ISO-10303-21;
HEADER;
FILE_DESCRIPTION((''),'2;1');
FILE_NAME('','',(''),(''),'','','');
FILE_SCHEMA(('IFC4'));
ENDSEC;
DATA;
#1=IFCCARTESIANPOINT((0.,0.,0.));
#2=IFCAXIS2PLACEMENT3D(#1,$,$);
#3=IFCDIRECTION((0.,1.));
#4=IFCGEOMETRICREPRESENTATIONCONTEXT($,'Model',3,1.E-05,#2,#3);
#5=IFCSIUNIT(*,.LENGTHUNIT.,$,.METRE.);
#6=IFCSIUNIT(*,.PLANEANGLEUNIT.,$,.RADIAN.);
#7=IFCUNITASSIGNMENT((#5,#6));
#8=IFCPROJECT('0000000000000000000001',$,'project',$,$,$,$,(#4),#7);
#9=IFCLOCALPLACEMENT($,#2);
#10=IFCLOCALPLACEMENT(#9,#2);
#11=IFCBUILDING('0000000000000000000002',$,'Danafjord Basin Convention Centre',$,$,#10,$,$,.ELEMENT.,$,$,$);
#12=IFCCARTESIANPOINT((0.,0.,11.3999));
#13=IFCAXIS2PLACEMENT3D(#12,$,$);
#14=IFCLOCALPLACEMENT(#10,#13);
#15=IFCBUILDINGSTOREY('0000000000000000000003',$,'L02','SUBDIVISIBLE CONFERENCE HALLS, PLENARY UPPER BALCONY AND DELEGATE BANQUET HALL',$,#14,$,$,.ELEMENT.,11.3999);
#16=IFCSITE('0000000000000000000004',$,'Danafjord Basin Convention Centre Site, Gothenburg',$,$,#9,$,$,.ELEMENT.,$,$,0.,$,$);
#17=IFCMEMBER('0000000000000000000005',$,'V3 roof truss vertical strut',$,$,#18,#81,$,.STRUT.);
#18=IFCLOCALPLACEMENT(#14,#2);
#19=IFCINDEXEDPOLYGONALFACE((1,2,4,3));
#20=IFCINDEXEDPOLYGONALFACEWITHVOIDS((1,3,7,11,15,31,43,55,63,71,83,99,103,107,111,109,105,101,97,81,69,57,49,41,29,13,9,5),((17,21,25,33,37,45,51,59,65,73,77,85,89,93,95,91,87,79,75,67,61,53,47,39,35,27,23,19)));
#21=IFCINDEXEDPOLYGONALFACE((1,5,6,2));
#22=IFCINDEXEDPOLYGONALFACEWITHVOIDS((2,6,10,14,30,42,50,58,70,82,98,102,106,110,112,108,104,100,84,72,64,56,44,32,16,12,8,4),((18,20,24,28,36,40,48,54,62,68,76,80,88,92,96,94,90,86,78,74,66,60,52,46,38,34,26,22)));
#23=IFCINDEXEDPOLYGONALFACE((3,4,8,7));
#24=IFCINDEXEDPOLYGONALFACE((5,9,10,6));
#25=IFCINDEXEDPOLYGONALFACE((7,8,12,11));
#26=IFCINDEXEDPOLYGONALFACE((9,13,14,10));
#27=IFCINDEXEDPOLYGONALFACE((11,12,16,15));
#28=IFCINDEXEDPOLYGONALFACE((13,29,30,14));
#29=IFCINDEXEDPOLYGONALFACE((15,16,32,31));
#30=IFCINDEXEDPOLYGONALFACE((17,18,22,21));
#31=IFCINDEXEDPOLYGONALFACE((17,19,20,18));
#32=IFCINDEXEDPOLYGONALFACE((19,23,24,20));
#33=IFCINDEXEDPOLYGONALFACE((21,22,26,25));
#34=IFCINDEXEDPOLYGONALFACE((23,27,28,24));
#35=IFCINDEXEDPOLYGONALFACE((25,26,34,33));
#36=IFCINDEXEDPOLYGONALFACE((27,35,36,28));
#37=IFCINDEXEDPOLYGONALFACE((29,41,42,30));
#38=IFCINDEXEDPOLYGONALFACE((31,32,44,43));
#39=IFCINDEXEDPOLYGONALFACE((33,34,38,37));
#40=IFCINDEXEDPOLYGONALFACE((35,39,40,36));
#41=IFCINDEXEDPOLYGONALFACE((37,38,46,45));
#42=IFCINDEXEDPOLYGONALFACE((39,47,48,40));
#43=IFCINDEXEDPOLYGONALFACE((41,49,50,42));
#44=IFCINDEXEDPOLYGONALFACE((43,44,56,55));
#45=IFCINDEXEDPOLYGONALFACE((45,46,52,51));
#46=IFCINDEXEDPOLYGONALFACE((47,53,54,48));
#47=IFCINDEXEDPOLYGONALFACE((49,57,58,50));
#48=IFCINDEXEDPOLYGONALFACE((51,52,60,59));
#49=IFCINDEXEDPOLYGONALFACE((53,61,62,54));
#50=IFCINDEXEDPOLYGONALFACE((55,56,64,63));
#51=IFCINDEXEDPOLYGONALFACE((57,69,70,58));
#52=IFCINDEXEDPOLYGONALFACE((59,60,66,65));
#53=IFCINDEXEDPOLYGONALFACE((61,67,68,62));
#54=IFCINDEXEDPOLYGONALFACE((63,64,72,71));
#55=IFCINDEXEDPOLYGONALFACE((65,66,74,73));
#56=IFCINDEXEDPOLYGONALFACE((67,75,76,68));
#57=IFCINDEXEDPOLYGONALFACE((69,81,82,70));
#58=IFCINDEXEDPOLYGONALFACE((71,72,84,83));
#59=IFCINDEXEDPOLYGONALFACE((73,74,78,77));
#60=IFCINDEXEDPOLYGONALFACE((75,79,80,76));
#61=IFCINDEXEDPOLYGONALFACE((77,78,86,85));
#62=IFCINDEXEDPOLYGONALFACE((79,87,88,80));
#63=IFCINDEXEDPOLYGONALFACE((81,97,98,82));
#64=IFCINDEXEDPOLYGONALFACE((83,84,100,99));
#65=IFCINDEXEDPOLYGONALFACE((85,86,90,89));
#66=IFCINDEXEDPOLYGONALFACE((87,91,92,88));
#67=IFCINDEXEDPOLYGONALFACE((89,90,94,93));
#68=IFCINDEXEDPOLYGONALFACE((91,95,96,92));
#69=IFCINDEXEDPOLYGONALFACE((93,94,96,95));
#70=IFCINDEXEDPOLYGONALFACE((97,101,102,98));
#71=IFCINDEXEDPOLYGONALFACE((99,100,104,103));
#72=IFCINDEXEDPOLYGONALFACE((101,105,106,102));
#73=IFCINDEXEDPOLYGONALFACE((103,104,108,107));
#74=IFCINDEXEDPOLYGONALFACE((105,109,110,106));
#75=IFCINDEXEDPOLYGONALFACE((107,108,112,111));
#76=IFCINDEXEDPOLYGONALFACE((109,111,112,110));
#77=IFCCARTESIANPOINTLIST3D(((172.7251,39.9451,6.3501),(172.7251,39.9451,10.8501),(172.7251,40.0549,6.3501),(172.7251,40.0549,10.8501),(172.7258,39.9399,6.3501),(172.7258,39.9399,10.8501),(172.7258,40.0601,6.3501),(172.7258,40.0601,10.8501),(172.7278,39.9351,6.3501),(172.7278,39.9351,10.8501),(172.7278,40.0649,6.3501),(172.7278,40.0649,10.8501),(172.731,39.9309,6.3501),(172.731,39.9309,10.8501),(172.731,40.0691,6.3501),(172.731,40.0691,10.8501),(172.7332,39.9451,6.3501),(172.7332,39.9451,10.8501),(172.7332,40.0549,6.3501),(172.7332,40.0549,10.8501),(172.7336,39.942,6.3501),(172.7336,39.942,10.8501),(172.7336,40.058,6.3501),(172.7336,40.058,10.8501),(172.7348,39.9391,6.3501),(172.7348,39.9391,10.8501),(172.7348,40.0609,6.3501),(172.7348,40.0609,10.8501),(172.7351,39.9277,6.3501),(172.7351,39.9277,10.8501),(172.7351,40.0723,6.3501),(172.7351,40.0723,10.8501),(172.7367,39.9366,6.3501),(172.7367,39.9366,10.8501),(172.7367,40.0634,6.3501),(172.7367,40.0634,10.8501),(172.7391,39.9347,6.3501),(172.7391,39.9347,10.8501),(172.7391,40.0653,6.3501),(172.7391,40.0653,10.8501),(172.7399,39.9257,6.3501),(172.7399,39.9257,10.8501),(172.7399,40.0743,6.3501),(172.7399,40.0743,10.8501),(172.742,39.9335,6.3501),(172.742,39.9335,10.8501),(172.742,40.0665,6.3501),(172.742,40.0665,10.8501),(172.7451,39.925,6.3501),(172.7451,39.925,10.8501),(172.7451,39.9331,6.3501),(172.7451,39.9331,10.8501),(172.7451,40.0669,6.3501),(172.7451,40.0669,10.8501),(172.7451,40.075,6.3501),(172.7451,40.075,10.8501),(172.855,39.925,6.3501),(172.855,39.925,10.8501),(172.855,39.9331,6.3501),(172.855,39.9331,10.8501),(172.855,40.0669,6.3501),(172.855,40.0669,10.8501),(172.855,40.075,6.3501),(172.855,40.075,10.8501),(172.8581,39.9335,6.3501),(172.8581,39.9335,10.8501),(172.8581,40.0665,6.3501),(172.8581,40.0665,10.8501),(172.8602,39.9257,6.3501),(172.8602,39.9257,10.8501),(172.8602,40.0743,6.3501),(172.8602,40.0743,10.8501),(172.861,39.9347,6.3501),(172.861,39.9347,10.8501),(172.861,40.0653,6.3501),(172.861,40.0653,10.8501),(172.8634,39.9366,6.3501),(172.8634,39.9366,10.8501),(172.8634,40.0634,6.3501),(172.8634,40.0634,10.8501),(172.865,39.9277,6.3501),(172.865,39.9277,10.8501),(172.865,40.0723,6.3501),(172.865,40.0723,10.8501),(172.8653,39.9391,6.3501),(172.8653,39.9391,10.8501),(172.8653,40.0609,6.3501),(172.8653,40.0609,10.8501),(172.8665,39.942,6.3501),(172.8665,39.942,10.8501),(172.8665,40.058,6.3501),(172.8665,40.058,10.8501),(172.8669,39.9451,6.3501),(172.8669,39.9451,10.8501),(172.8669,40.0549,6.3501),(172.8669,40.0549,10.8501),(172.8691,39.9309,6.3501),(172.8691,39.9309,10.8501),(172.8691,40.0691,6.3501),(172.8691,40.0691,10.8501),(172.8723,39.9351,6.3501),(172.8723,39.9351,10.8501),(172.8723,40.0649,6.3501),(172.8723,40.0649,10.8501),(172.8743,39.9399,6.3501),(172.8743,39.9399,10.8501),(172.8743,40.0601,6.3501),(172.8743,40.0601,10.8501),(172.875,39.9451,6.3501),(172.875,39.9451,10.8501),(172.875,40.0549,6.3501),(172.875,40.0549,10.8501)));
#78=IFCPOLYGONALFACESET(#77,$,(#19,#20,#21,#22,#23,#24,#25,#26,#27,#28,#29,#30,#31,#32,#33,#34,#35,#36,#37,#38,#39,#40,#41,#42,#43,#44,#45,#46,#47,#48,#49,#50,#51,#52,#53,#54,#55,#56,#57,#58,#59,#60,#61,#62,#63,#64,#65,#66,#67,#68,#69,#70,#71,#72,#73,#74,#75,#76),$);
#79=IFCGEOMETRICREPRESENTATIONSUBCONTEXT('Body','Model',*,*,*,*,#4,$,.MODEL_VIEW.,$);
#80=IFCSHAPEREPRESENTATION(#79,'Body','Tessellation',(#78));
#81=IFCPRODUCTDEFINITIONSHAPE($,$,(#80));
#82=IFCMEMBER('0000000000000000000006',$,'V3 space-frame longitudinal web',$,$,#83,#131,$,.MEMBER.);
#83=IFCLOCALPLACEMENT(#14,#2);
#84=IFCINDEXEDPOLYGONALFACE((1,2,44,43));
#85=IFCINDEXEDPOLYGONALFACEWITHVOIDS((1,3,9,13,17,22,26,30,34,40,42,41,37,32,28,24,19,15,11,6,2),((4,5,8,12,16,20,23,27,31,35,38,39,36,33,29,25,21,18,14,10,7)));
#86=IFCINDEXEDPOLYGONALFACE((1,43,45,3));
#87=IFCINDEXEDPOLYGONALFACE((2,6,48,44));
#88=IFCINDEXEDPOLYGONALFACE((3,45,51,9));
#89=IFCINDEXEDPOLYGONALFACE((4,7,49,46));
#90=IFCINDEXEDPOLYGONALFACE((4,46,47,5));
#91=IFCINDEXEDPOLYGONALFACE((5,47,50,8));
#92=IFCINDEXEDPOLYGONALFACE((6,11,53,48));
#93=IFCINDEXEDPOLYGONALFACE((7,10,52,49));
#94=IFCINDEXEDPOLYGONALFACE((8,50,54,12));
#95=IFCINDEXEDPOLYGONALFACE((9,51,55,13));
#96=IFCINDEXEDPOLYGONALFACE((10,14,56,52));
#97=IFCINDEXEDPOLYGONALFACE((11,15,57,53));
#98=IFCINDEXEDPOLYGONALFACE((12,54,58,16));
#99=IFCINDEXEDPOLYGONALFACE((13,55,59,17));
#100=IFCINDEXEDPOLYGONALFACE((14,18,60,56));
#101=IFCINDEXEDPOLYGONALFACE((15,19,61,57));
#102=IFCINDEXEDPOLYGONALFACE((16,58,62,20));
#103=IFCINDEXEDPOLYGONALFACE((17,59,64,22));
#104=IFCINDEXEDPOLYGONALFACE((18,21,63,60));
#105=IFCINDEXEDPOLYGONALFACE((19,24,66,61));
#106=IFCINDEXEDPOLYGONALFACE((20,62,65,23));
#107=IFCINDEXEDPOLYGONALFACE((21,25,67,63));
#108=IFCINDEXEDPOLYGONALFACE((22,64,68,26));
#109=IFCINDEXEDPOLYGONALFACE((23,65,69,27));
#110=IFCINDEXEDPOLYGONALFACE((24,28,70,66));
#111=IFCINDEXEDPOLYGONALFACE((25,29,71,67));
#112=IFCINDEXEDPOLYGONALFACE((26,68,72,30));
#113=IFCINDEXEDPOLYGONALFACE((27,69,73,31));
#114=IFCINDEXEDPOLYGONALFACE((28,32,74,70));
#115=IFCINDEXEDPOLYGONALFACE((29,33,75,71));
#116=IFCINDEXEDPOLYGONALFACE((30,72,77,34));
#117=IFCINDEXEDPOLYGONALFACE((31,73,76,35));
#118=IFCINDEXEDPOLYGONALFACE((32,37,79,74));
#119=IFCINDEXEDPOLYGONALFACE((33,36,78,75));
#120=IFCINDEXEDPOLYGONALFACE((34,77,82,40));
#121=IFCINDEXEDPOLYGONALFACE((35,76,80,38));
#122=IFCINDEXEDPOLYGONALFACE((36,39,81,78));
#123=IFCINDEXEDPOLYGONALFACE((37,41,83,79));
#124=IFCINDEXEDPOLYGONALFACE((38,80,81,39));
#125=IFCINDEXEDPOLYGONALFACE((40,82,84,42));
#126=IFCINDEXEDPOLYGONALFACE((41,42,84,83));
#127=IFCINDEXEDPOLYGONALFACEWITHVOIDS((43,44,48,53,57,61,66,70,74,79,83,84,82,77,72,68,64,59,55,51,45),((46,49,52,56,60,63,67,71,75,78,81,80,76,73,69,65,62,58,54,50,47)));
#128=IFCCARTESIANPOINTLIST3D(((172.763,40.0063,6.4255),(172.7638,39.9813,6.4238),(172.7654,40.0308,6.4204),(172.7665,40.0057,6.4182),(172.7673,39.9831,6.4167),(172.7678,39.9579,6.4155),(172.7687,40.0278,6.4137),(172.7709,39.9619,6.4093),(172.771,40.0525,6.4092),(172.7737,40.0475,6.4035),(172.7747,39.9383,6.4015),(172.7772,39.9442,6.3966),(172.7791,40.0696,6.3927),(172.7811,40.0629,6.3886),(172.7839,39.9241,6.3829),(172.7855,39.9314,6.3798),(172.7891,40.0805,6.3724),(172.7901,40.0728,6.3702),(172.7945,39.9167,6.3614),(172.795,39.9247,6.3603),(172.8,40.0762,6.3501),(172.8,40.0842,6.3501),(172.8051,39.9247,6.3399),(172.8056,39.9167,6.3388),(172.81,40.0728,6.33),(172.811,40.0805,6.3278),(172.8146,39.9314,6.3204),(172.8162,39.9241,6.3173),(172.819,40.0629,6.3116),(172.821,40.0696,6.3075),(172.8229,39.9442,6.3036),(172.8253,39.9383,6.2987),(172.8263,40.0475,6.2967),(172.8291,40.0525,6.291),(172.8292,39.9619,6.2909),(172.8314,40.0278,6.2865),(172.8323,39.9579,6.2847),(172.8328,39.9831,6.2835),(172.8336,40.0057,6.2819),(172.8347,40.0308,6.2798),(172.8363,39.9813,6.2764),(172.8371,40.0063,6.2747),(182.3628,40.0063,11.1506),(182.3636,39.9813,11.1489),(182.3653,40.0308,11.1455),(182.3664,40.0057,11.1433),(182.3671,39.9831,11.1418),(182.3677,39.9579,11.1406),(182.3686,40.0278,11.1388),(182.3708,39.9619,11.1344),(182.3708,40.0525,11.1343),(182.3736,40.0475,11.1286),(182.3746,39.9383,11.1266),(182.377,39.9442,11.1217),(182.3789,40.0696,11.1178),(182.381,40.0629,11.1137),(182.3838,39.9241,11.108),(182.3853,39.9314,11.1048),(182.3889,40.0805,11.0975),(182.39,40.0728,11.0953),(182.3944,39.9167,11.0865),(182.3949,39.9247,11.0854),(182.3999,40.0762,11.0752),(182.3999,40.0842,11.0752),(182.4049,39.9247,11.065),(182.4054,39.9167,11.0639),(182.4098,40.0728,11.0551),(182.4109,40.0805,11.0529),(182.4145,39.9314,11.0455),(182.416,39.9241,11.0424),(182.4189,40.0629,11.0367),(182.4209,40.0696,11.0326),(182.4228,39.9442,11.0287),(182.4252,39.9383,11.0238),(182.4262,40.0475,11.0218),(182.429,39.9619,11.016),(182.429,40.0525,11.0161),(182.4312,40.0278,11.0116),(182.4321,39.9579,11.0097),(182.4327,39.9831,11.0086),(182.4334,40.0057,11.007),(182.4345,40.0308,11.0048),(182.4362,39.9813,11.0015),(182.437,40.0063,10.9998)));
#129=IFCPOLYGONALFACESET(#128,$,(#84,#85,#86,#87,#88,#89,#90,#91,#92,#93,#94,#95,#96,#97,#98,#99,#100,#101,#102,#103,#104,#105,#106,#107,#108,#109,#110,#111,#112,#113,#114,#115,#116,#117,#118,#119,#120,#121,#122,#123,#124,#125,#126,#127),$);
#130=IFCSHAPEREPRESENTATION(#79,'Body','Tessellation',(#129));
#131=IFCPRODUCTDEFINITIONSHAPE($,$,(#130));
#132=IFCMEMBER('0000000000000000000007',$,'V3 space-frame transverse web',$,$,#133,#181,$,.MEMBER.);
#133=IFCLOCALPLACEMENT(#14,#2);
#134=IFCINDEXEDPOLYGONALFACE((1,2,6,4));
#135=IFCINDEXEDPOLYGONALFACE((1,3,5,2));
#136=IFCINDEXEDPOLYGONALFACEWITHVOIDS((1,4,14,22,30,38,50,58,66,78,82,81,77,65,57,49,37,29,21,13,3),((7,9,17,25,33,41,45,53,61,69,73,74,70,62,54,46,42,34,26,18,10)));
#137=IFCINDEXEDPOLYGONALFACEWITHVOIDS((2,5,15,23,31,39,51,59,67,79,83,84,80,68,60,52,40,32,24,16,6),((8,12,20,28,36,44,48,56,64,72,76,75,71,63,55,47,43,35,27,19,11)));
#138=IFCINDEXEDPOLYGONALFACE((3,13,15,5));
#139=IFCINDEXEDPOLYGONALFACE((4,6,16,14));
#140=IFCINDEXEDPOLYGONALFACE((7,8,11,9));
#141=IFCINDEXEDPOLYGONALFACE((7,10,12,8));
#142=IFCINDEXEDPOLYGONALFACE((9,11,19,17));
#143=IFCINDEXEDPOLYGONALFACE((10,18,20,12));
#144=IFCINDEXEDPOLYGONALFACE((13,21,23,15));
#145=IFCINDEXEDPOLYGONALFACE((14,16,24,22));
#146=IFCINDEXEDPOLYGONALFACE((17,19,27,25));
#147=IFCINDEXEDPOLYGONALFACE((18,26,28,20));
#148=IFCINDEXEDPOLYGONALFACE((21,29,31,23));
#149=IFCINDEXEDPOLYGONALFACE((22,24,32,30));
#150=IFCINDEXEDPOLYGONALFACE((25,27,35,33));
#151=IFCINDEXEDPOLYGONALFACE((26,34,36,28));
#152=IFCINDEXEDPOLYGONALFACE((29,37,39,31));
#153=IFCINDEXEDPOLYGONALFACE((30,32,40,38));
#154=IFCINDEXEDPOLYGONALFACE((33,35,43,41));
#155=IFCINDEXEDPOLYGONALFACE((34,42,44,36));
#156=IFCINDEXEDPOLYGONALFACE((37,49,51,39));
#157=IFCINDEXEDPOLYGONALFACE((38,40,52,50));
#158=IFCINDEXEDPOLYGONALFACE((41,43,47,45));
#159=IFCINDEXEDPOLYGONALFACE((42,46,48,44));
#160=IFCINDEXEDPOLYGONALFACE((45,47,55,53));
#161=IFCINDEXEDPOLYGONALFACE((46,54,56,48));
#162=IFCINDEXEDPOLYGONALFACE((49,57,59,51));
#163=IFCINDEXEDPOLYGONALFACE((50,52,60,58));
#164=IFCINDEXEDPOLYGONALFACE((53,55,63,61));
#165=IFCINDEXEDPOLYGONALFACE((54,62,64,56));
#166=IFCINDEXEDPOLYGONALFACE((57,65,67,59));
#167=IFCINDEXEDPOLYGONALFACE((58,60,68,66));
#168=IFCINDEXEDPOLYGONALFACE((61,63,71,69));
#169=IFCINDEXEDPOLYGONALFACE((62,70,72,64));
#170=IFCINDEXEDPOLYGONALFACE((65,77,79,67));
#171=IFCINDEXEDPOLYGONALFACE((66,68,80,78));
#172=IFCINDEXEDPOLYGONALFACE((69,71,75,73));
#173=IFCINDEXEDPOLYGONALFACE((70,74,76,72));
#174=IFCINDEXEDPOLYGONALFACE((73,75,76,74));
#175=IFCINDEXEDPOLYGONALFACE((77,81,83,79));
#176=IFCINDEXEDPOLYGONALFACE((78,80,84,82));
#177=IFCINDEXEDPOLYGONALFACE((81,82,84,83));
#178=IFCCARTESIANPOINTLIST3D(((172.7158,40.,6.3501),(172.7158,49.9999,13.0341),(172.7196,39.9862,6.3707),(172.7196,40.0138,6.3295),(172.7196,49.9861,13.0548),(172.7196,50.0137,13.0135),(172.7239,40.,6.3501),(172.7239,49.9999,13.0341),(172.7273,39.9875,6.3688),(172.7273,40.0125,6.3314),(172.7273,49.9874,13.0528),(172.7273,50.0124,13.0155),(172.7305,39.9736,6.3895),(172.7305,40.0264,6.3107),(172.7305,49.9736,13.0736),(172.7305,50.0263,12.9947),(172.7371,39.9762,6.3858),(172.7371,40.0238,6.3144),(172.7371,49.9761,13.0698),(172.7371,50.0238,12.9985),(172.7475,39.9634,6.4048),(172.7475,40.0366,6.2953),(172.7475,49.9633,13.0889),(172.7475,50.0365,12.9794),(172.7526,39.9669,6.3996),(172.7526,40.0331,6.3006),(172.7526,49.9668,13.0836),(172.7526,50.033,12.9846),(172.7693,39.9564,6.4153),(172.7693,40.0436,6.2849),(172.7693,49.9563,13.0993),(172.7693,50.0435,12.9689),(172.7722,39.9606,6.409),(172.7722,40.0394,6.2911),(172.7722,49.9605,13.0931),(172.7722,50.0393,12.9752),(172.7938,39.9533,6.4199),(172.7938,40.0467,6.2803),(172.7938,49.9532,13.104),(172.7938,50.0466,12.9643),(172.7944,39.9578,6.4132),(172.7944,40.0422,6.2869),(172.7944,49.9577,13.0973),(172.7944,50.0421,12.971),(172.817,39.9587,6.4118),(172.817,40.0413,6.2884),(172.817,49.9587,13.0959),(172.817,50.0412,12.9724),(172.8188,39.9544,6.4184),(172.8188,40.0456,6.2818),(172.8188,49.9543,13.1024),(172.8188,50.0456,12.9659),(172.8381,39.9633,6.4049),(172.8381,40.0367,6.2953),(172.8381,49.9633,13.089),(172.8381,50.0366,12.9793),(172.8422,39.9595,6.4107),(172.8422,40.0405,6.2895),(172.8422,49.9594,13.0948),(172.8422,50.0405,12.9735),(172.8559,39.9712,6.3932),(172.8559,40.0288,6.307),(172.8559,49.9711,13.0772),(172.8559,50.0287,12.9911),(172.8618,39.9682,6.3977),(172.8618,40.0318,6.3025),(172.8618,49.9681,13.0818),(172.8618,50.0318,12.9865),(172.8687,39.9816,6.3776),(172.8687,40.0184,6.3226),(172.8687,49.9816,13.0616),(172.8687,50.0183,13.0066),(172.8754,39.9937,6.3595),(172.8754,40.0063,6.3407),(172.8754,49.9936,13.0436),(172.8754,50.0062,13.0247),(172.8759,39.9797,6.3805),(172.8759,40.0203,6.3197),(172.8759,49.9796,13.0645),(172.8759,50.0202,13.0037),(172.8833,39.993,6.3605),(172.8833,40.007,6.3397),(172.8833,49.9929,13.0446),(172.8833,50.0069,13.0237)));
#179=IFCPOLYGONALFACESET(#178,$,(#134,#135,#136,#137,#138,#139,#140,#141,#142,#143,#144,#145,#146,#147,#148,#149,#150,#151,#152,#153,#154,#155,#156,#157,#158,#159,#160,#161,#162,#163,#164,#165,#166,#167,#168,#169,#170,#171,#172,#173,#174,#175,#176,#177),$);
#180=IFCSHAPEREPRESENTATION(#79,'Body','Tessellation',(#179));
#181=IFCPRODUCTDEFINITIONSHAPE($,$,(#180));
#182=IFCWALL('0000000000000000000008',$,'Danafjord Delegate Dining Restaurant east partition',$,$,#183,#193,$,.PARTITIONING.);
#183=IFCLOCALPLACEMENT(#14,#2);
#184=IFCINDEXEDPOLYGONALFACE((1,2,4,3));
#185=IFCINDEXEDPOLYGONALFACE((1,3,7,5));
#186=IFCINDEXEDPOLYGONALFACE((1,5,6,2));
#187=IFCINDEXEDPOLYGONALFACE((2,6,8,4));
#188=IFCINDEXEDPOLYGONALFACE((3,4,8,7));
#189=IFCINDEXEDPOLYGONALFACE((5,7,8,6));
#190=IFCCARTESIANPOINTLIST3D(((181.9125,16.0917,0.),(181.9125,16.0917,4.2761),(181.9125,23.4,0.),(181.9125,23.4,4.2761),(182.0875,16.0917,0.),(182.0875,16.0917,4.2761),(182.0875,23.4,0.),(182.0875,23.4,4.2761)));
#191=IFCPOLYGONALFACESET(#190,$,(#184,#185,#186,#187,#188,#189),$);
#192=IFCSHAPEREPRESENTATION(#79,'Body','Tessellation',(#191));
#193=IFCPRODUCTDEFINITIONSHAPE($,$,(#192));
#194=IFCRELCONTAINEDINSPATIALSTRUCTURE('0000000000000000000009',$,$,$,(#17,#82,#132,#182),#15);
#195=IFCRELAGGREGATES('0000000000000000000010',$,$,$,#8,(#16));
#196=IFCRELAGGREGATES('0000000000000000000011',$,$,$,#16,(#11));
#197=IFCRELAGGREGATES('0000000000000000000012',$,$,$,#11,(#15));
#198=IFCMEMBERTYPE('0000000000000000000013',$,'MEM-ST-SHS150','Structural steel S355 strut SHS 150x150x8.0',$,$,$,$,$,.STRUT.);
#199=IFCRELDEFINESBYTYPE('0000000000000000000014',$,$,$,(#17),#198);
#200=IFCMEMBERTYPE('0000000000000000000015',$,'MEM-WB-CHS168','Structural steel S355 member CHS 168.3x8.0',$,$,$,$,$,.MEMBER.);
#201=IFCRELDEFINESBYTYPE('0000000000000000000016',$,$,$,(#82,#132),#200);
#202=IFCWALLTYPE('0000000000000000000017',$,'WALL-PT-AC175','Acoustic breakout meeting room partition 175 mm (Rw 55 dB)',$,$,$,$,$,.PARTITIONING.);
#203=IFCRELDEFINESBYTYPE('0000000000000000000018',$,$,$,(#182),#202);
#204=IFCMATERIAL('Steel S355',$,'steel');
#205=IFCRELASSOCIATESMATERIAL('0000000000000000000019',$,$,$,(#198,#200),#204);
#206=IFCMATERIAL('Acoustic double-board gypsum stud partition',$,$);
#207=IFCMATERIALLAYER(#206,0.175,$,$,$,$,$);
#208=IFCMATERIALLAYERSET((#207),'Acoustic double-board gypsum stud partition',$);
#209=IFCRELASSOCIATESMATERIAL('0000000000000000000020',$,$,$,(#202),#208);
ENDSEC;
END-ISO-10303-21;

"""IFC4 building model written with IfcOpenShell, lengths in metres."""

from ifc_helpers import new_model, si_unit, direction, frame, frame_2d, origin, origin_2d, place, context, subcontext, project, spatial, rectangle, hollow_rectangle, hollow_circle, extrude, material, layer, layer_set, material_profile, profile_set, type_object, element, save


model = new_model("IFC4")

# Units and contexts
model_context = context("Model", 3, precision=1e-05, world=origin(), true_north=direction((0.0, 1.0)))
body_context = subcontext(model_context, "Body", "Model", "MODEL_VIEW")
ifc_project = project(units=[si_unit("LENGTHUNIT", "METRE"), si_unit("PLANEANGLEUNIT", "RADIAN")], contexts=[model_context])

# Site, building, storey
site_placement = place(None, origin())
site = spatial("IfcSite", under=ifc_project, at=site_placement, Name="Danafjord Basin Convention Centre Site, Gothenburg", CompositionType="ELEMENT", RefElevation=0.0)
building_placement = place(site_placement, origin())
building = spatial("IfcBuilding", under=site, at=building_placement, Name="Danafjord Basin Convention Centre", CompositionType="ELEMENT")
storey_placement = place(building_placement, frame((0.0, 0.0, 11.3999)))
storey = spatial("IfcBuildingStorey", under=building, at=storey_placement, Name="L02", Description="SUBDIVISIBLE CONFERENCE HALLS, PLENARY UPPER BALCONY AND DELEGATE BANQUET HALL", CompositionType="ELEMENT", Elevation=11.3999)

# Shared definitions
ifc_material_1 = material(Name="Steel S355", Category="steel")

# Members
ifc_material_profile_1 = material_profile(ifc_material_1, hollow_rectangle(XDim=0.1499, YDim=0.1499, WallThickness=0.0081, InnerFilletRadius=0.012, OuterFilletRadius=0.02, at=origin_2d()), Name="SHS 150x150x8.0")
ifc_profile_set_1 = profile_set([ifc_material_profile_1], Name="Steel S355")
member_type_1 = type_object("IfcMemberType", Name="MEM-ST-SHS150", Description="Structural steel S355 strut SHS 150x150x8.0", PredefinedType="STRUT", material=ifc_profile_set_1)
member_1_placement = place(storey_placement, frame((172.8, 40.0, 6.3501), z_axis=(0.0, 0.0, 1.0), x_axis=(1.0, 0.0, 0.0)))
element("IfcMember", 1, at=member_1_placement, inside=storey, type_object=member_type_1, Name="V3 roof truss vertical strut", PredefinedType="STRUT", context=body_context, shape_type="SweptSolid", body=[
    extrude(hollow_rectangle(XDim=0.1499, YDim=0.1499, WallThickness=0.0081, InnerFilletRadius=0.012, OuterFilletRadius=0.02, at=origin_2d()), origin(), (0.0, 0.0, 1.0), 4.5),
])
ifc_material_profile_2 = material_profile(ifc_material_1, hollow_circle(Radius=0.0842, WallThickness=0.0081, at=origin_2d()), Name="CHS 168.3x8.0")
ifc_profile_set_2 = profile_set([ifc_material_profile_2], Name="Steel S355")
member_type_2 = type_object("IfcMemberType", Name="MEM-WB-CHS168", Description="Structural steel S355 member CHS 168.3x8.0", PredefinedType="MEMBER", material=ifc_profile_set_2)
member_2_placement = place(storey_placement, frame((172.8, 40.0, 6.3501), z_axis=(0.897207, 0.0, 0.44161), x_axis=(0.0, 1.0, 0.0)))
element("IfcMember", 2, at=member_2_placement, inside=storey, type_object=member_type_2, Name="V3 space-frame longitudinal web", PredefinedType="MEMBER", context=body_context, shape_type="SweptSolid", body=[
    extrude(hollow_circle(Radius=0.0842, WallThickness=0.0081, at=origin_2d()), origin(), (0.0, 0.0, 1.0), 10.6997),
])
member_3_placement = place(storey_placement, frame((172.8, 40.0, 6.3501), z_axis=(0.0, 0.831381, 0.555702), x_axis=(-1.0, 0.0, 0.0)))
element("IfcMember", 3, at=member_3_placement, inside=storey, type_object=member_type_2, Name="V3 space-frame transverse web", PredefinedType="MEMBER", context=body_context, shape_type="SweptSolid", body=[
    extrude(hollow_circle(Radius=0.0842, WallThickness=0.0081, at=origin_2d()), origin(), (0.0, 0.0, 1.0), 12.0281),
])

# Wall
ifc_material_2 = material(Name="Acoustic double-board gypsum stud partition")
ifc_layer = layer(ifc_material_2, 0.175)
ifc_layer_set = layer_set([ifc_layer], Name="Acoustic double-board gypsum stud partition")
wall_type = type_object("IfcWallType", Name="WALL-PT-AC175", Description="Acoustic breakout meeting room partition 175 mm (Rw 55 dB)", PredefinedType="PARTITIONING", material=ifc_layer_set)
wall_1_placement = place(storey_placement, frame((182.0, 16.0916, 0.0), z_axis=(0.0, 0.0, 1.0), x_axis=(0.0, 1.0, 0.0)))
element("IfcWall", 4, at=wall_1_placement, inside=storey, type_object=wall_type, Name="Danafjord Delegate Dining Restaurant east partition", PredefinedType="PARTITIONING", context=body_context, shape_type="SweptSolid", body=[
    extrude(rectangle(XDim=7.3083, YDim=0.175, at=frame_2d((3.6543, 0.0))), origin(), (0.0, 0.0, 1.0), 4.2761),
])

save(model, "model.ifc")
